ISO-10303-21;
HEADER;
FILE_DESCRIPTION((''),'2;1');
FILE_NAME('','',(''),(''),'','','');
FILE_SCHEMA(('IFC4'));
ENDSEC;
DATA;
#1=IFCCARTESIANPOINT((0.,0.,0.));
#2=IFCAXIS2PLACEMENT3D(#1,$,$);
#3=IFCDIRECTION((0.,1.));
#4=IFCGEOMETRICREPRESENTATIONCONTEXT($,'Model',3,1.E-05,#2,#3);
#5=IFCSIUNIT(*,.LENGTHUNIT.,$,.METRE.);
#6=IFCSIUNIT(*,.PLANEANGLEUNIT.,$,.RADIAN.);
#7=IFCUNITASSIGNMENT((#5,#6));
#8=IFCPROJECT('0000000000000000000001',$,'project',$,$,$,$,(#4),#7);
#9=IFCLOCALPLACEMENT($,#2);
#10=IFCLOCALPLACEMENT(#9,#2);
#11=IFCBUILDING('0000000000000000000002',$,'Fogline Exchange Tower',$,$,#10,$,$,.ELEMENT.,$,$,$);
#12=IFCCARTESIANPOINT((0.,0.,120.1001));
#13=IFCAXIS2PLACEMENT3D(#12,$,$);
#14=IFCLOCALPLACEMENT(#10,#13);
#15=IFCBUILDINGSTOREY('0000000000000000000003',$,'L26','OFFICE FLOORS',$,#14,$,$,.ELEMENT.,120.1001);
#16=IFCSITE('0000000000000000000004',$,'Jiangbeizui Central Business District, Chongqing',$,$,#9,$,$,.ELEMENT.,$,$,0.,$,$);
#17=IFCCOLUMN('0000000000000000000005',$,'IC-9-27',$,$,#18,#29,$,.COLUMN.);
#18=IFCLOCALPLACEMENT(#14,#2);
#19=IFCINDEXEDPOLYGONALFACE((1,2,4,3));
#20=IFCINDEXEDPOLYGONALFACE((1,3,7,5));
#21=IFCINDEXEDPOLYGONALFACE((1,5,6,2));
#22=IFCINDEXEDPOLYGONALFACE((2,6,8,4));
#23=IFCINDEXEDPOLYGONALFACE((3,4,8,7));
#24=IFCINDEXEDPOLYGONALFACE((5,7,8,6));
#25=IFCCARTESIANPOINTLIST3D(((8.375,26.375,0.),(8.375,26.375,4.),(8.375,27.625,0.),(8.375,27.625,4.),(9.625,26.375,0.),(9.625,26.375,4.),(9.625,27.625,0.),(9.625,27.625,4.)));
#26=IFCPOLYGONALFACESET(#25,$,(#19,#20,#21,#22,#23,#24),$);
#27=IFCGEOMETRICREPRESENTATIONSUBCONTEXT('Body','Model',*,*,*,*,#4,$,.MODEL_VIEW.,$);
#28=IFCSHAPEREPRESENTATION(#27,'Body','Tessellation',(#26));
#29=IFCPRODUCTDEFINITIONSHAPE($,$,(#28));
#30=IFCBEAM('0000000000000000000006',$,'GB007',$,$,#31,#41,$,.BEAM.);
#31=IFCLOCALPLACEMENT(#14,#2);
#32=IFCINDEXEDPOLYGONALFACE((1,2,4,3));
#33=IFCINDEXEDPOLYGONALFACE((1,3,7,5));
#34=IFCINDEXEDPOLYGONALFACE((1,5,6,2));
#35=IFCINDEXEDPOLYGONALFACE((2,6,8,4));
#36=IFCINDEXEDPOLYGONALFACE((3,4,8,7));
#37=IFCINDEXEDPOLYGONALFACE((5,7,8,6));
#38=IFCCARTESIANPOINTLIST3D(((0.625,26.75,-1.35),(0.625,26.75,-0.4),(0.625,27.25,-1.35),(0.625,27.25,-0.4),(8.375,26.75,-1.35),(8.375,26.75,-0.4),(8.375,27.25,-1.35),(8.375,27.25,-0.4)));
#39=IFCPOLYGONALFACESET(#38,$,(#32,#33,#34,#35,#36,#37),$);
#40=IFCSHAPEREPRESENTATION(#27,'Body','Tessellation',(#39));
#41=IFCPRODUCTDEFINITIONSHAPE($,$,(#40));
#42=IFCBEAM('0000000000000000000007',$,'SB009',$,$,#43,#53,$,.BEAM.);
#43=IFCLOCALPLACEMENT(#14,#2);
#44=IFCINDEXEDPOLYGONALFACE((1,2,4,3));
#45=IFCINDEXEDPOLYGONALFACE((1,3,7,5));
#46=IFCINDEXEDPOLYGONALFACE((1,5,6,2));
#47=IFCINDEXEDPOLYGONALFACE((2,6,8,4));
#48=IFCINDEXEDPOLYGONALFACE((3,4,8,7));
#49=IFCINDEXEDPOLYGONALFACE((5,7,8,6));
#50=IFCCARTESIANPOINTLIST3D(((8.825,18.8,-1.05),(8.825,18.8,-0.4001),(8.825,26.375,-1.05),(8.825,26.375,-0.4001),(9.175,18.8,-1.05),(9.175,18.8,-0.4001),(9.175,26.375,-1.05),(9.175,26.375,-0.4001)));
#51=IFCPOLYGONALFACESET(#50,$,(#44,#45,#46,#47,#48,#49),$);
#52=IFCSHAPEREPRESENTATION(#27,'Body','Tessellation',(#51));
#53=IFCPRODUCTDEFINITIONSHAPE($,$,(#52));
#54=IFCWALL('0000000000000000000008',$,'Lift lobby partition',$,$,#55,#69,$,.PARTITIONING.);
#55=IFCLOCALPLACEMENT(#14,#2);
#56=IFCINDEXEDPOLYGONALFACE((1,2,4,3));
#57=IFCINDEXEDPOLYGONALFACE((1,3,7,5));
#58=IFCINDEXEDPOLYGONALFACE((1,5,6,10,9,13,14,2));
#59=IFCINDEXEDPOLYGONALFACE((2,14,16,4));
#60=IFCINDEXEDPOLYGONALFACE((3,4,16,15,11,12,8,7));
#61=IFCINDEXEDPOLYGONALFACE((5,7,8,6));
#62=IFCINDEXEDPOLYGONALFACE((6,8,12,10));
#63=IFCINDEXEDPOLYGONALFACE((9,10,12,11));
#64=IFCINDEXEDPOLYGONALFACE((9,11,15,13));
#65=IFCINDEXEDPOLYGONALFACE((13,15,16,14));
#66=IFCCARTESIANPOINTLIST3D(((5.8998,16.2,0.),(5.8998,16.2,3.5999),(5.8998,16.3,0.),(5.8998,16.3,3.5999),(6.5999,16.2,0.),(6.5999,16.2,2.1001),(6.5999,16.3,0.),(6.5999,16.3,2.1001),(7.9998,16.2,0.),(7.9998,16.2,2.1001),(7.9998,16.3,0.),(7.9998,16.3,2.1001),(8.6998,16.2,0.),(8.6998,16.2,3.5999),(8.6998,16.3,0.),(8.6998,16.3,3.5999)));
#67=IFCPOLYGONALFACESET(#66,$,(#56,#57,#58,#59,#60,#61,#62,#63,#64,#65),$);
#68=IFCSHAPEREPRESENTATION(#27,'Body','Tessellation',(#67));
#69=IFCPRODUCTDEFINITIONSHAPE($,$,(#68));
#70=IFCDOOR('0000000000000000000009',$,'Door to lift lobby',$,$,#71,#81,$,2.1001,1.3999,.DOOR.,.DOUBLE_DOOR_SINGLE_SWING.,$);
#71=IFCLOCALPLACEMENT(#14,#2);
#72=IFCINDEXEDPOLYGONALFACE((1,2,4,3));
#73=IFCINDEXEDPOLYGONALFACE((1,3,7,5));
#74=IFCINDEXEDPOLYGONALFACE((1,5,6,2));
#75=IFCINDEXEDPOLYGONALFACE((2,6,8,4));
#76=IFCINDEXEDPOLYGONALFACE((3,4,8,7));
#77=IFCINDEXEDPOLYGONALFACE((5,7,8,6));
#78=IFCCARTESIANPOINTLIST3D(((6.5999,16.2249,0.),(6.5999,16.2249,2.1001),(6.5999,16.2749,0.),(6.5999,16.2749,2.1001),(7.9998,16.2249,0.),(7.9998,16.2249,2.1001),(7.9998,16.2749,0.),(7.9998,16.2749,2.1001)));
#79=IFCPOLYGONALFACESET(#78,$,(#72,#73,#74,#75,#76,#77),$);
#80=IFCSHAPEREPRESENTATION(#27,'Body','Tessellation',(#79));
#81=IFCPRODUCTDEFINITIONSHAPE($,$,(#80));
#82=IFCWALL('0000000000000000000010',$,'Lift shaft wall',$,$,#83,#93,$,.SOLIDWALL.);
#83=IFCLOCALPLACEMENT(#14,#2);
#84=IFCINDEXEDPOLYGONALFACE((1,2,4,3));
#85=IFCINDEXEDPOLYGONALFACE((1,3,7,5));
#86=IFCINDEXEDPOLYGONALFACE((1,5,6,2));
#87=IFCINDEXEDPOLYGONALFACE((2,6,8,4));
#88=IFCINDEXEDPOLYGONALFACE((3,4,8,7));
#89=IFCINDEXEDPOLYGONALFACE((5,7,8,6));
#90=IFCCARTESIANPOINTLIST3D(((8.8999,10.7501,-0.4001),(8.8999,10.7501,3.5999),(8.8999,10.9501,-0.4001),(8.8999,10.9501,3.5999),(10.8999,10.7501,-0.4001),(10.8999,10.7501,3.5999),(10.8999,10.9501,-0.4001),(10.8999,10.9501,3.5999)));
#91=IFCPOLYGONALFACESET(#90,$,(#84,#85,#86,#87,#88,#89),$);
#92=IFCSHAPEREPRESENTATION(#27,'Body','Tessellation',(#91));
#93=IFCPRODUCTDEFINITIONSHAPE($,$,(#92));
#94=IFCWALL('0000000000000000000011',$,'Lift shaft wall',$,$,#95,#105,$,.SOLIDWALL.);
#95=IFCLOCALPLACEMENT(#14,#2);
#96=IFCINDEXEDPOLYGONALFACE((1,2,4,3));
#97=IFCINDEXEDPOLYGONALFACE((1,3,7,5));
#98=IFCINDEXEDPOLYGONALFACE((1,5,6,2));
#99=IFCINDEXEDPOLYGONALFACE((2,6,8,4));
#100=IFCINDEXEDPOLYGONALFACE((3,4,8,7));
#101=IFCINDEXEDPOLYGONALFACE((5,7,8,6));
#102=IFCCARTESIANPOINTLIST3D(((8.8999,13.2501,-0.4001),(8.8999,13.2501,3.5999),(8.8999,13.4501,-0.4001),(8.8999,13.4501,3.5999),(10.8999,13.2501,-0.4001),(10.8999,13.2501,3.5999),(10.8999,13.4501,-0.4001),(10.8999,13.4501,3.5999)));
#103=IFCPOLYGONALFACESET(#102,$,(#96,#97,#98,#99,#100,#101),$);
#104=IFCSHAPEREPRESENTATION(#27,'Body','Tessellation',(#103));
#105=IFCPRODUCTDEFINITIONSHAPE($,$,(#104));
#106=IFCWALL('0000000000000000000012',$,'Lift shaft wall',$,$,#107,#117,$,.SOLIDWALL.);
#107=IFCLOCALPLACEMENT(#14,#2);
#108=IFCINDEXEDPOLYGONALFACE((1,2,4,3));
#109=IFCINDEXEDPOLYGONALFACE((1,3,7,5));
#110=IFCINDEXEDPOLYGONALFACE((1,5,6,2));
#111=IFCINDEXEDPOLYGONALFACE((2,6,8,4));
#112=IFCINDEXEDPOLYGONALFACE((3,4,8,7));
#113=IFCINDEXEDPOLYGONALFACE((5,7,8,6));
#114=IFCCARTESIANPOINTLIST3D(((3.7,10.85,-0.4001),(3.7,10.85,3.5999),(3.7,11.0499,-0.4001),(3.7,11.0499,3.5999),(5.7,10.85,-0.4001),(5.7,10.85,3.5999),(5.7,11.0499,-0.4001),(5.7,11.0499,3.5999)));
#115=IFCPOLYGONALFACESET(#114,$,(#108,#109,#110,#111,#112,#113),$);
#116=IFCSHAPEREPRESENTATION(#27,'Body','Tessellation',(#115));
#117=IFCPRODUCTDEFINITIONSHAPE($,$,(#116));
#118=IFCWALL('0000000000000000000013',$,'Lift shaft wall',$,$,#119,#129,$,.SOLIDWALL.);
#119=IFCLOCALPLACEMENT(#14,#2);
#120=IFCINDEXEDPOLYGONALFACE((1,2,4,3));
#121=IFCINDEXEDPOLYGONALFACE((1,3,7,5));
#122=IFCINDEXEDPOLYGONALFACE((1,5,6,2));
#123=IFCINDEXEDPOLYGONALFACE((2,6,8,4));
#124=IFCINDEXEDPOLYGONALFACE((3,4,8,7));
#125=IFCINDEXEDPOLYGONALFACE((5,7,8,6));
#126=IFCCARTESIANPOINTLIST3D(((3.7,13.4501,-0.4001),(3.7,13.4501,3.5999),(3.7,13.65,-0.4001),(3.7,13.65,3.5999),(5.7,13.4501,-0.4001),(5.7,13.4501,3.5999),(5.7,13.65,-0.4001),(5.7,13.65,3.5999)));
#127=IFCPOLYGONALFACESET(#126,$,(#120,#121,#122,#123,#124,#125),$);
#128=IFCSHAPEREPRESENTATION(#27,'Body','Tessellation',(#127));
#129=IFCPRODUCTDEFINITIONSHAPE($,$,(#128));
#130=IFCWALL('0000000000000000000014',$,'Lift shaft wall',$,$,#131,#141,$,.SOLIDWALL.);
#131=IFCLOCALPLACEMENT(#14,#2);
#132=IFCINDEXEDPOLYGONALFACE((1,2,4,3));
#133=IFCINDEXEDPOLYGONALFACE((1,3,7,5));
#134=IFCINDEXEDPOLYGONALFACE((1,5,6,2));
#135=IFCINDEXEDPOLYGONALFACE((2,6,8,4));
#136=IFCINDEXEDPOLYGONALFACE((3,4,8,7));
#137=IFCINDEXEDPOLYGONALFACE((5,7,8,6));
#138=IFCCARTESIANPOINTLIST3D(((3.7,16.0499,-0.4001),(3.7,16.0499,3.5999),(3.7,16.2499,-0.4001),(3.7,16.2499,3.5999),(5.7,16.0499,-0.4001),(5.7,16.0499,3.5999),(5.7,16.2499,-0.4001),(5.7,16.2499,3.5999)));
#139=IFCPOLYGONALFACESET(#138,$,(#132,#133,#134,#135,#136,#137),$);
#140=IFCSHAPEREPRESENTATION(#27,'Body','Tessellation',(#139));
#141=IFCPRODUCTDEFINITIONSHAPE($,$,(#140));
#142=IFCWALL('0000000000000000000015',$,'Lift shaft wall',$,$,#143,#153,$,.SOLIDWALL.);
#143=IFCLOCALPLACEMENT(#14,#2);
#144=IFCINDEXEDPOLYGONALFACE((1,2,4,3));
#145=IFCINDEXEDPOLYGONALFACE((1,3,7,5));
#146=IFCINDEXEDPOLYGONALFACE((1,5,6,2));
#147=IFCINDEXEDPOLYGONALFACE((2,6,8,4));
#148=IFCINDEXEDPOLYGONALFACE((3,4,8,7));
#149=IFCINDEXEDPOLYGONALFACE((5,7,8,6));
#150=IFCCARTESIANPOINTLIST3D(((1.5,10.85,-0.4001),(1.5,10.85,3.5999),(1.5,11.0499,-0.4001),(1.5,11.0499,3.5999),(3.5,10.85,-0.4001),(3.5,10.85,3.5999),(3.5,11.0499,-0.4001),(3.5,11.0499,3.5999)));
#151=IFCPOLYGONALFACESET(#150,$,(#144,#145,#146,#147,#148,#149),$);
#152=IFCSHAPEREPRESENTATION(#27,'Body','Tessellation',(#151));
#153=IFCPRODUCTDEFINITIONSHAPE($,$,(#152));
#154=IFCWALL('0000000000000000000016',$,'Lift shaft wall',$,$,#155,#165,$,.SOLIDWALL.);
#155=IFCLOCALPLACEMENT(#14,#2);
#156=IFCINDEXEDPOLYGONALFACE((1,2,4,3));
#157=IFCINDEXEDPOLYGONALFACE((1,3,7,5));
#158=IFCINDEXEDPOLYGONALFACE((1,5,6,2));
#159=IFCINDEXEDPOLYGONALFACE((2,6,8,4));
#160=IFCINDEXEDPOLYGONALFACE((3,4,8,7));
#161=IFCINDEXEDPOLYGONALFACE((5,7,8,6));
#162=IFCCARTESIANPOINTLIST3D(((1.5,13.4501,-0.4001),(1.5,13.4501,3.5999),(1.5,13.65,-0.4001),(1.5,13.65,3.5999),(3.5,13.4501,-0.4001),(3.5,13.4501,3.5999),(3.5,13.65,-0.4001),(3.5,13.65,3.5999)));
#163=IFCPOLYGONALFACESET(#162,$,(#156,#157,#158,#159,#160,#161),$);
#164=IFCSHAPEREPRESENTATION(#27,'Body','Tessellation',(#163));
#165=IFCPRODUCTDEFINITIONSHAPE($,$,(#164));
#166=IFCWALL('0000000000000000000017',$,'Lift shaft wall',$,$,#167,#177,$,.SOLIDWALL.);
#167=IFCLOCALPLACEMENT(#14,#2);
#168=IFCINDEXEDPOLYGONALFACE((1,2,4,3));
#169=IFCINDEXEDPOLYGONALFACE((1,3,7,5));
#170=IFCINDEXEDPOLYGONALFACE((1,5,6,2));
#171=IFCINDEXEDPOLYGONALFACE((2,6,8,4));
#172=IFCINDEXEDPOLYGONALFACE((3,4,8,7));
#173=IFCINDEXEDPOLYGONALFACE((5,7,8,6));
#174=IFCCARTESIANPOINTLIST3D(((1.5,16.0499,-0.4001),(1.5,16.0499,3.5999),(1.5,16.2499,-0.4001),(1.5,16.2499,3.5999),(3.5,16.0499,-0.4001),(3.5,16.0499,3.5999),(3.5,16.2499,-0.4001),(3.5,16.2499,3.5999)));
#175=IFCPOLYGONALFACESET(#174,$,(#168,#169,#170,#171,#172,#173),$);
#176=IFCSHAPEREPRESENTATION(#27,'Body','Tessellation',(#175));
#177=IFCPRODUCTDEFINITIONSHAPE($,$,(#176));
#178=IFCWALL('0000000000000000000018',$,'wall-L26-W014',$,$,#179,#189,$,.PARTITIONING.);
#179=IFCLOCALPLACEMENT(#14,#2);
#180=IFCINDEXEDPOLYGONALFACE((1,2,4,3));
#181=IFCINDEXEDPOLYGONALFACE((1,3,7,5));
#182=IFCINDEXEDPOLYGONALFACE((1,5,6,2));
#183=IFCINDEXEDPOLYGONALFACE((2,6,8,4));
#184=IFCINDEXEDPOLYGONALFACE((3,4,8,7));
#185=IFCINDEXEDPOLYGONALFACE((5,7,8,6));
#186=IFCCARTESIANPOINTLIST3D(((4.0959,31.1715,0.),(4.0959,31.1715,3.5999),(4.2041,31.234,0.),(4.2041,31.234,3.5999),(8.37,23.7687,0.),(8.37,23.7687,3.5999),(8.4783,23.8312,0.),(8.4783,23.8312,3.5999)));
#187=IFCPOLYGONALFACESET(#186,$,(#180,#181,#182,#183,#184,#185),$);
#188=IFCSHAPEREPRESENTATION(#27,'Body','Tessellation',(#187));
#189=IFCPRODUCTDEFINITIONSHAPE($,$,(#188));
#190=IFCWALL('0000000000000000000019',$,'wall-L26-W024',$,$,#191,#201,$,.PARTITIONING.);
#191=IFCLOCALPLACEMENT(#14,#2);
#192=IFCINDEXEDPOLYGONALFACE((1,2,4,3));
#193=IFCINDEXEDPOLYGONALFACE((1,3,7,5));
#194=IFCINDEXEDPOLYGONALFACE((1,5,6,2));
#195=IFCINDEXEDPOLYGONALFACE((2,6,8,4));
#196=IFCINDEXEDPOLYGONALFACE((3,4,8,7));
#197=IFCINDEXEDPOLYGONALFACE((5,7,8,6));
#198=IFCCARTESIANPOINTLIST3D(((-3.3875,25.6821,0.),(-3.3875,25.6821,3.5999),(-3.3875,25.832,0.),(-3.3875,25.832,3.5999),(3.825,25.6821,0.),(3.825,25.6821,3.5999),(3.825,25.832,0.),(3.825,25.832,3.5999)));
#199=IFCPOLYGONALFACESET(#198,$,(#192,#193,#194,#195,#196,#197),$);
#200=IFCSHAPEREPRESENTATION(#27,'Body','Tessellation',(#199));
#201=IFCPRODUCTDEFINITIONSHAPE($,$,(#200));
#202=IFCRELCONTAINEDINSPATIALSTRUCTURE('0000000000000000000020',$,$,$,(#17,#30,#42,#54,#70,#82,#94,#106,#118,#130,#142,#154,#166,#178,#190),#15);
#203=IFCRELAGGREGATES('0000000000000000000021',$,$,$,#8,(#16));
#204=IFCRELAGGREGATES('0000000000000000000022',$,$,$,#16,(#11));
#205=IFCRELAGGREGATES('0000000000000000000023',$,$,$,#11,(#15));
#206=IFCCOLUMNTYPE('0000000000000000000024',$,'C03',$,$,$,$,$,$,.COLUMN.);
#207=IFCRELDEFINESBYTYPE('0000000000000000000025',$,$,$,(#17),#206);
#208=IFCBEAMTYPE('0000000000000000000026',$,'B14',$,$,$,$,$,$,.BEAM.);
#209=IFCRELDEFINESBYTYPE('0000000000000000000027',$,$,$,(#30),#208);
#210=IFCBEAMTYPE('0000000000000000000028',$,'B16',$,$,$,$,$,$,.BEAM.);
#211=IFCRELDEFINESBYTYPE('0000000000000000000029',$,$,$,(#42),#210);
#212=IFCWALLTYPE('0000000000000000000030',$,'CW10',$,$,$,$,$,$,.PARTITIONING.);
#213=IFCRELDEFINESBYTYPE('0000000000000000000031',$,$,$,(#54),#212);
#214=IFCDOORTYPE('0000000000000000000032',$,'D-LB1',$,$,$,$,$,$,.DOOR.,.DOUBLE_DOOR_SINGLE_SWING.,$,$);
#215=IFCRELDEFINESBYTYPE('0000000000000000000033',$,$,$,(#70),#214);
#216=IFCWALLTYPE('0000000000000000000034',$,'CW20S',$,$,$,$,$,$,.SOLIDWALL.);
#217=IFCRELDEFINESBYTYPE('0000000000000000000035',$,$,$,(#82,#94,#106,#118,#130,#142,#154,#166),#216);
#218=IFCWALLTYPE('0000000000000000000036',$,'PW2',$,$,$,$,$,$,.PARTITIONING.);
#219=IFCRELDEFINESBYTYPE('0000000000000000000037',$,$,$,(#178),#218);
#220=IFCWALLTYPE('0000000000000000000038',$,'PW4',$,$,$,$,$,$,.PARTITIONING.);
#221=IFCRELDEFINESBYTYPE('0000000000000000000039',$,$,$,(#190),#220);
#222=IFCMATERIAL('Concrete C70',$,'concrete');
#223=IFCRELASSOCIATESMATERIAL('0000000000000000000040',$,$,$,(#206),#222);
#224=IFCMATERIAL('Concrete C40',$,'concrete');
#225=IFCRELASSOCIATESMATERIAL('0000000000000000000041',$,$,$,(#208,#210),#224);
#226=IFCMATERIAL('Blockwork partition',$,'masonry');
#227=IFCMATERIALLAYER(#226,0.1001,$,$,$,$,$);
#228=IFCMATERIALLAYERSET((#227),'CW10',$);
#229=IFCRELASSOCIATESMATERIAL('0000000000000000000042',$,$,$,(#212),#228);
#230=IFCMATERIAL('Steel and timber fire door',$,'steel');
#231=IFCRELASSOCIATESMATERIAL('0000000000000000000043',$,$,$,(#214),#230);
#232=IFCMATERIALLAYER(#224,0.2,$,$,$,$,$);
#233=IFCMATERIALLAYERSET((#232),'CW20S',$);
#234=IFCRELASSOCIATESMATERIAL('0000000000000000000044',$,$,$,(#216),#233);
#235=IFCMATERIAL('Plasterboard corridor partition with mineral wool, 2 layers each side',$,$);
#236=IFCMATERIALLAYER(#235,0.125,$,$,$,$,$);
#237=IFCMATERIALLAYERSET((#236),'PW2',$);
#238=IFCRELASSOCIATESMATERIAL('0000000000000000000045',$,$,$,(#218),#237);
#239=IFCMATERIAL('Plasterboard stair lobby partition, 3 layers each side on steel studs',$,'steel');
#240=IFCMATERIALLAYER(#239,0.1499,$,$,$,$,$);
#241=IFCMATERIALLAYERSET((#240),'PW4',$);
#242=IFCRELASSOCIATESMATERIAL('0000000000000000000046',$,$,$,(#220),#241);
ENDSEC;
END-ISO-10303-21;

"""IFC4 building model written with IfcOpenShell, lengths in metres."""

from ifc_helpers import new_model, si_unit, direction, frame, frame_2d, origin, origin_2d, place, context, subcontext, project, spatial, rectangle, extrude, material, layer, layer_set, material_profile, profile_set, type_object, element, fill, save


model = new_model("IFC4")

# Units and contexts
model_context = context("Model", 3, precision=1e-05, world=origin(), true_north=direction((0.0, 1.0)))
body_context = subcontext(model_context, "Body", "Model", "MODEL_VIEW")
ifc_project = project(units=[si_unit("LENGTHUNIT", "METRE"), si_unit("PLANEANGLEUNIT", "RADIAN")], contexts=[model_context])

# Site, building, storey
site_placement = place(None, origin())
site = spatial("IfcSite", under=ifc_project, at=site_placement, Name="Jiangbeizui Central Business District, Chongqing", CompositionType="ELEMENT", RefElevation=0.0)
building_placement = place(site_placement, origin())
building = spatial("IfcBuilding", under=site, at=building_placement, Name="Fogline Exchange Tower", CompositionType="ELEMENT")
storey_placement = place(building_placement, frame((0.0, 0.0, 120.1001)))
storey = spatial("IfcBuildingStorey", under=building, at=storey_placement, Name="L26", Description="OFFICE FLOORS", CompositionType="ELEMENT", Elevation=120.1001)

# Column
ifc_material_1 = material(Name="Concrete C70", Category="concrete")
ifc_material_profile_1 = material_profile(ifc_material_1, rectangle(XDim=1.25, YDim=1.25, at=origin_2d()), Name="RC 1250x1250")
ifc_profile_set_1 = profile_set([ifc_material_profile_1], Name="Concrete C70")
column_type = type_object("IfcColumnType", Name="C03", PredefinedType="COLUMN", material=ifc_profile_set_1)
column_placement = place(storey_placement, frame((9.0, 27.0, 0.0), z_axis=(0.0, 0.0, 1.0), x_axis=(1.0, 0.0, 0.0)))
element("IfcColumn", 1, at=column_placement, inside=storey, type_object=column_type, Name="IC-9-27", PredefinedType="COLUMN", context=body_context, shape_type="SweptSolid", body=[
    extrude(rectangle(XDim=1.25, YDim=1.25, at=origin_2d()), origin(), (0.0, 0.0, 1.0), 4.0),
])

# Beams
ifc_material_2 = material(Name="Concrete C40", Category="concrete")
ifc_material_profile_2 = material_profile(ifc_material_2, rectangle(XDim=0.5, YDim=0.95, at=origin_2d()), Name="RC 500x950")
ifc_profile_set_2 = profile_set([ifc_material_profile_2], Name="Concrete C40")
beam_type_1 = type_object("IfcBeamType", Name="B14", PredefinedType="BEAM", material=ifc_profile_set_2)
beam_1_placement = place(storey_placement, frame((0.625, 27.0, -0.875), z_axis=(1.0, 0.0, 0.0), x_axis=(0.0, 1.0, 0.0)))
element("IfcBeam", 2, at=beam_1_placement, inside=storey, type_object=beam_type_1, Name="GB007", PredefinedType="BEAM", context=body_context, shape_type="SweptSolid", body=[
    extrude(rectangle(XDim=0.5, YDim=0.95, at=origin_2d()), origin(), (0.0, 0.0, 1.0), 7.75),
])
ifc_material_profile_3 = material_profile(ifc_material_2, rectangle(XDim=0.3501, YDim=0.6499, at=origin_2d()), Name="RC 350x650")
ifc_profile_set_3 = profile_set([ifc_material_profile_3], Name="Concrete C40")
beam_type_2 = type_object("IfcBeamType", Name="B16", PredefinedType="BEAM", material=ifc_profile_set_3)
beam_2_placement = place(storey_placement, frame((9.0, 18.8, -0.7251), z_axis=(0.0, 1.0, 0.0), x_axis=(-1.0, 0.0, 0.0)))
element("IfcBeam", 3, at=beam_2_placement, inside=storey, type_object=beam_type_2, Name="SB009", PredefinedType="BEAM", context=body_context, shape_type="SweptSolid", body=[
    extrude(rectangle(XDim=0.3501, YDim=0.6499, at=origin_2d()), origin(), (0.0, 0.0, 1.0), 7.575),
])

# Wall, opening, door
ifc_material_3 = material(Name="Blockwork partition", Category="masonry")
ifc_layer_1 = layer(ifc_material_3, 0.1001)
ifc_layer_set_1 = layer_set([ifc_layer_1], Name="CW10")
wall_type_1 = type_object("IfcWallType", Name="CW10", PredefinedType="PARTITIONING", material=ifc_layer_set_1)
wall_1_placement = place(storey_placement, frame((5.8999, 16.25, 0.0), z_axis=(0.0, 0.0, 1.0), x_axis=(1.0, 0.0, 0.0)))
wall_1 = element("IfcWall", 4, at=wall_1_placement, inside=storey, type_object=wall_type_1, Name="Lift lobby partition", PredefinedType="PARTITIONING", context=body_context, shape_type="SweptSolid", body=[
    extrude(rectangle(XDim=2.8, YDim=0.1001, at=frame_2d((1.3999, 0.0))), origin(), (0.0, 0.0, 1.0), 3.5999),
])
opening_1_placement = place(wall_1_placement, frame((0.7, 0.0, 0.0)))
opening_1 = element("IfcOpeningElement", 5, at=opening_1_placement, cuts=wall_1, PredefinedType="OPENING", context=body_context, shape_type="SweptSolid", body=[
    extrude(rectangle(XDim=1.3999, YDim=2.1001, at=frame_2d((0.7, 1.05))), frame((0.0, 0.0601, 0.0), z_axis=(0.0, -1.0, 0.0), x_axis=(1.0, 0.0, 0.0)), (0.0, 0.0, 1.0), 0.1201),
])
ifc_material_4 = material(Name="Steel and timber fire door", Category="steel")
door_type_1 = type_object("IfcDoorType", Name="D-LB1", OperationType="DOUBLE_DOOR_SINGLE_SWING", PredefinedType="DOOR", material=ifc_material_4)
door_1_placement = place(opening_1_placement, origin())
door_1 = element("IfcDoor", 6, at=door_1_placement, inside=storey, type_object=door_type_1, Name="Door to lift lobby", OperationType="DOUBLE_DOOR_SINGLE_SWING", OverallHeight=2.1001, OverallWidth=1.3999, PredefinedType="DOOR", context=body_context, shape_type="SweptSolid", body=[
    extrude(rectangle(XDim=1.3999, YDim=2.1001, at=frame_2d((0.7, 1.05))), frame((0.0, 0.0249, 0.0), z_axis=(0.0, -1.0, 0.0), x_axis=(1.0, 0.0, 0.0)), (0.0, 0.0, 1.0), 0.05),
])
fill(opening_1, door_1)

# Walls
ifc_layer_2 = layer(ifc_material_2, 0.2)
ifc_layer_set_2 = layer_set([ifc_layer_2], Name="CW20S")
wall_type_2 = type_object("IfcWallType", Name="CW20S", PredefinedType="SOLIDWALL", material=ifc_layer_set_2)
for number, where, z_axis, x_axis, name in (
    (7, (8.8999, 10.8501, -0.4001), (0.0, 0.0, 1.0), (1.0, 0.0, 0.0), "Lift shaft wall"),
    (8, (8.8999, 13.3501, -0.4001), (0.0, 0.0, 1.0), (1.0, 0.0, 0.0), "Lift shaft wall"),
    (9, (3.7, 10.95, -0.4001), (0.0, 0.0, 1.0), (1.0, 0.0, 0.0), "Lift shaft wall"),
    (10, (3.7, 13.55, -0.4001), (0.0, 0.0, 1.0), (1.0, 0.0, 0.0), "Lift shaft wall"),
    (11, (3.7, 16.1499, -0.4001), (0.0, 0.0, 1.0), (1.0, 0.0, 0.0), "Lift shaft wall"),
    (12, (1.5, 10.95, -0.4001), (0.0, 0.0, 1.0), (1.0, 0.0, 0.0), "Lift shaft wall"),
    (13, (1.5, 13.55, -0.4001), (0.0, 0.0, 1.0), (1.0, 0.0, 0.0), "Lift shaft wall"),
    (14, (1.5, 16.1499, -0.4001), (0.0, 0.0, 1.0), (1.0, 0.0, 0.0), "Lift shaft wall"),
):
    element("IfcWall", number, at=place(storey_placement, frame(where, z_axis=z_axis, x_axis=x_axis)), inside=storey, type_object=wall_type_2, Name=name, PredefinedType="SOLIDWALL", context=body_context, shape_type="SweptSolid", body=[
        extrude(rectangle(XDim=2.0, YDim=0.2, at=frame_2d((1.0, 0.0))), origin(), (0.0, 0.0, 1.0), 4.0),
    ])
ifc_material_5 = material(Name="Plasterboard corridor partition with mineral wool, 2 layers each side")
ifc_layer_3 = layer(ifc_material_5, 0.125)
ifc_layer_set_3 = layer_set([ifc_layer_3], Name="PW2")
wall_type_3 = type_object("IfcWallType", Name="PW2", PredefinedType="PARTITIONING", material=ifc_layer_set_3)
wall_2_placement = place(storey_placement, frame((8.4241, 23.8, 0.0), z_axis=(0.0, 0.0, 1.0), x_axis=(-0.500013, 0.866018, 0.0)))
element("IfcWall", 15, at=wall_2_placement, inside=storey, type_object=wall_type_3, Name="wall-L26-W014", PredefinedType="PARTITIONING", context=body_context, shape_type="SweptSolid", body=[
    extrude(rectangle(XDim=8.5481, YDim=0.125, at=frame_2d((4.2739, 0.0))), origin(), (0.0, 0.0, 1.0), 3.5999),
])
ifc_material_6 = material(Name="Plasterboard stair lobby partition, 3 layers each side on steel studs", Category="steel")
ifc_layer_4 = layer(ifc_material_6, 0.1499)
ifc_layer_set_4 = layer_set([ifc_layer_4], Name="PW4")
wall_type_4 = type_object("IfcWallType", Name="PW4", PredefinedType="PARTITIONING", material=ifc_layer_set_4)
wall_3_placement = place(storey_placement, frame((3.825, 25.7571, 0.0), z_axis=(0.0, 0.0, 1.0), x_axis=(-1.0, 0.0, 0.0)))
element("IfcWall", 16, at=wall_3_placement, inside=storey, type_object=wall_type_4, Name="wall-L26-W024", PredefinedType="PARTITIONING", context=body_context, shape_type="SweptSolid", body=[
    extrude(rectangle(XDim=7.2124, YDim=0.1499, at=frame_2d((3.6062, 0.0))), origin(), (0.0, 0.0, 1.0), 3.5999),
])

save(model, "model.ifc")
